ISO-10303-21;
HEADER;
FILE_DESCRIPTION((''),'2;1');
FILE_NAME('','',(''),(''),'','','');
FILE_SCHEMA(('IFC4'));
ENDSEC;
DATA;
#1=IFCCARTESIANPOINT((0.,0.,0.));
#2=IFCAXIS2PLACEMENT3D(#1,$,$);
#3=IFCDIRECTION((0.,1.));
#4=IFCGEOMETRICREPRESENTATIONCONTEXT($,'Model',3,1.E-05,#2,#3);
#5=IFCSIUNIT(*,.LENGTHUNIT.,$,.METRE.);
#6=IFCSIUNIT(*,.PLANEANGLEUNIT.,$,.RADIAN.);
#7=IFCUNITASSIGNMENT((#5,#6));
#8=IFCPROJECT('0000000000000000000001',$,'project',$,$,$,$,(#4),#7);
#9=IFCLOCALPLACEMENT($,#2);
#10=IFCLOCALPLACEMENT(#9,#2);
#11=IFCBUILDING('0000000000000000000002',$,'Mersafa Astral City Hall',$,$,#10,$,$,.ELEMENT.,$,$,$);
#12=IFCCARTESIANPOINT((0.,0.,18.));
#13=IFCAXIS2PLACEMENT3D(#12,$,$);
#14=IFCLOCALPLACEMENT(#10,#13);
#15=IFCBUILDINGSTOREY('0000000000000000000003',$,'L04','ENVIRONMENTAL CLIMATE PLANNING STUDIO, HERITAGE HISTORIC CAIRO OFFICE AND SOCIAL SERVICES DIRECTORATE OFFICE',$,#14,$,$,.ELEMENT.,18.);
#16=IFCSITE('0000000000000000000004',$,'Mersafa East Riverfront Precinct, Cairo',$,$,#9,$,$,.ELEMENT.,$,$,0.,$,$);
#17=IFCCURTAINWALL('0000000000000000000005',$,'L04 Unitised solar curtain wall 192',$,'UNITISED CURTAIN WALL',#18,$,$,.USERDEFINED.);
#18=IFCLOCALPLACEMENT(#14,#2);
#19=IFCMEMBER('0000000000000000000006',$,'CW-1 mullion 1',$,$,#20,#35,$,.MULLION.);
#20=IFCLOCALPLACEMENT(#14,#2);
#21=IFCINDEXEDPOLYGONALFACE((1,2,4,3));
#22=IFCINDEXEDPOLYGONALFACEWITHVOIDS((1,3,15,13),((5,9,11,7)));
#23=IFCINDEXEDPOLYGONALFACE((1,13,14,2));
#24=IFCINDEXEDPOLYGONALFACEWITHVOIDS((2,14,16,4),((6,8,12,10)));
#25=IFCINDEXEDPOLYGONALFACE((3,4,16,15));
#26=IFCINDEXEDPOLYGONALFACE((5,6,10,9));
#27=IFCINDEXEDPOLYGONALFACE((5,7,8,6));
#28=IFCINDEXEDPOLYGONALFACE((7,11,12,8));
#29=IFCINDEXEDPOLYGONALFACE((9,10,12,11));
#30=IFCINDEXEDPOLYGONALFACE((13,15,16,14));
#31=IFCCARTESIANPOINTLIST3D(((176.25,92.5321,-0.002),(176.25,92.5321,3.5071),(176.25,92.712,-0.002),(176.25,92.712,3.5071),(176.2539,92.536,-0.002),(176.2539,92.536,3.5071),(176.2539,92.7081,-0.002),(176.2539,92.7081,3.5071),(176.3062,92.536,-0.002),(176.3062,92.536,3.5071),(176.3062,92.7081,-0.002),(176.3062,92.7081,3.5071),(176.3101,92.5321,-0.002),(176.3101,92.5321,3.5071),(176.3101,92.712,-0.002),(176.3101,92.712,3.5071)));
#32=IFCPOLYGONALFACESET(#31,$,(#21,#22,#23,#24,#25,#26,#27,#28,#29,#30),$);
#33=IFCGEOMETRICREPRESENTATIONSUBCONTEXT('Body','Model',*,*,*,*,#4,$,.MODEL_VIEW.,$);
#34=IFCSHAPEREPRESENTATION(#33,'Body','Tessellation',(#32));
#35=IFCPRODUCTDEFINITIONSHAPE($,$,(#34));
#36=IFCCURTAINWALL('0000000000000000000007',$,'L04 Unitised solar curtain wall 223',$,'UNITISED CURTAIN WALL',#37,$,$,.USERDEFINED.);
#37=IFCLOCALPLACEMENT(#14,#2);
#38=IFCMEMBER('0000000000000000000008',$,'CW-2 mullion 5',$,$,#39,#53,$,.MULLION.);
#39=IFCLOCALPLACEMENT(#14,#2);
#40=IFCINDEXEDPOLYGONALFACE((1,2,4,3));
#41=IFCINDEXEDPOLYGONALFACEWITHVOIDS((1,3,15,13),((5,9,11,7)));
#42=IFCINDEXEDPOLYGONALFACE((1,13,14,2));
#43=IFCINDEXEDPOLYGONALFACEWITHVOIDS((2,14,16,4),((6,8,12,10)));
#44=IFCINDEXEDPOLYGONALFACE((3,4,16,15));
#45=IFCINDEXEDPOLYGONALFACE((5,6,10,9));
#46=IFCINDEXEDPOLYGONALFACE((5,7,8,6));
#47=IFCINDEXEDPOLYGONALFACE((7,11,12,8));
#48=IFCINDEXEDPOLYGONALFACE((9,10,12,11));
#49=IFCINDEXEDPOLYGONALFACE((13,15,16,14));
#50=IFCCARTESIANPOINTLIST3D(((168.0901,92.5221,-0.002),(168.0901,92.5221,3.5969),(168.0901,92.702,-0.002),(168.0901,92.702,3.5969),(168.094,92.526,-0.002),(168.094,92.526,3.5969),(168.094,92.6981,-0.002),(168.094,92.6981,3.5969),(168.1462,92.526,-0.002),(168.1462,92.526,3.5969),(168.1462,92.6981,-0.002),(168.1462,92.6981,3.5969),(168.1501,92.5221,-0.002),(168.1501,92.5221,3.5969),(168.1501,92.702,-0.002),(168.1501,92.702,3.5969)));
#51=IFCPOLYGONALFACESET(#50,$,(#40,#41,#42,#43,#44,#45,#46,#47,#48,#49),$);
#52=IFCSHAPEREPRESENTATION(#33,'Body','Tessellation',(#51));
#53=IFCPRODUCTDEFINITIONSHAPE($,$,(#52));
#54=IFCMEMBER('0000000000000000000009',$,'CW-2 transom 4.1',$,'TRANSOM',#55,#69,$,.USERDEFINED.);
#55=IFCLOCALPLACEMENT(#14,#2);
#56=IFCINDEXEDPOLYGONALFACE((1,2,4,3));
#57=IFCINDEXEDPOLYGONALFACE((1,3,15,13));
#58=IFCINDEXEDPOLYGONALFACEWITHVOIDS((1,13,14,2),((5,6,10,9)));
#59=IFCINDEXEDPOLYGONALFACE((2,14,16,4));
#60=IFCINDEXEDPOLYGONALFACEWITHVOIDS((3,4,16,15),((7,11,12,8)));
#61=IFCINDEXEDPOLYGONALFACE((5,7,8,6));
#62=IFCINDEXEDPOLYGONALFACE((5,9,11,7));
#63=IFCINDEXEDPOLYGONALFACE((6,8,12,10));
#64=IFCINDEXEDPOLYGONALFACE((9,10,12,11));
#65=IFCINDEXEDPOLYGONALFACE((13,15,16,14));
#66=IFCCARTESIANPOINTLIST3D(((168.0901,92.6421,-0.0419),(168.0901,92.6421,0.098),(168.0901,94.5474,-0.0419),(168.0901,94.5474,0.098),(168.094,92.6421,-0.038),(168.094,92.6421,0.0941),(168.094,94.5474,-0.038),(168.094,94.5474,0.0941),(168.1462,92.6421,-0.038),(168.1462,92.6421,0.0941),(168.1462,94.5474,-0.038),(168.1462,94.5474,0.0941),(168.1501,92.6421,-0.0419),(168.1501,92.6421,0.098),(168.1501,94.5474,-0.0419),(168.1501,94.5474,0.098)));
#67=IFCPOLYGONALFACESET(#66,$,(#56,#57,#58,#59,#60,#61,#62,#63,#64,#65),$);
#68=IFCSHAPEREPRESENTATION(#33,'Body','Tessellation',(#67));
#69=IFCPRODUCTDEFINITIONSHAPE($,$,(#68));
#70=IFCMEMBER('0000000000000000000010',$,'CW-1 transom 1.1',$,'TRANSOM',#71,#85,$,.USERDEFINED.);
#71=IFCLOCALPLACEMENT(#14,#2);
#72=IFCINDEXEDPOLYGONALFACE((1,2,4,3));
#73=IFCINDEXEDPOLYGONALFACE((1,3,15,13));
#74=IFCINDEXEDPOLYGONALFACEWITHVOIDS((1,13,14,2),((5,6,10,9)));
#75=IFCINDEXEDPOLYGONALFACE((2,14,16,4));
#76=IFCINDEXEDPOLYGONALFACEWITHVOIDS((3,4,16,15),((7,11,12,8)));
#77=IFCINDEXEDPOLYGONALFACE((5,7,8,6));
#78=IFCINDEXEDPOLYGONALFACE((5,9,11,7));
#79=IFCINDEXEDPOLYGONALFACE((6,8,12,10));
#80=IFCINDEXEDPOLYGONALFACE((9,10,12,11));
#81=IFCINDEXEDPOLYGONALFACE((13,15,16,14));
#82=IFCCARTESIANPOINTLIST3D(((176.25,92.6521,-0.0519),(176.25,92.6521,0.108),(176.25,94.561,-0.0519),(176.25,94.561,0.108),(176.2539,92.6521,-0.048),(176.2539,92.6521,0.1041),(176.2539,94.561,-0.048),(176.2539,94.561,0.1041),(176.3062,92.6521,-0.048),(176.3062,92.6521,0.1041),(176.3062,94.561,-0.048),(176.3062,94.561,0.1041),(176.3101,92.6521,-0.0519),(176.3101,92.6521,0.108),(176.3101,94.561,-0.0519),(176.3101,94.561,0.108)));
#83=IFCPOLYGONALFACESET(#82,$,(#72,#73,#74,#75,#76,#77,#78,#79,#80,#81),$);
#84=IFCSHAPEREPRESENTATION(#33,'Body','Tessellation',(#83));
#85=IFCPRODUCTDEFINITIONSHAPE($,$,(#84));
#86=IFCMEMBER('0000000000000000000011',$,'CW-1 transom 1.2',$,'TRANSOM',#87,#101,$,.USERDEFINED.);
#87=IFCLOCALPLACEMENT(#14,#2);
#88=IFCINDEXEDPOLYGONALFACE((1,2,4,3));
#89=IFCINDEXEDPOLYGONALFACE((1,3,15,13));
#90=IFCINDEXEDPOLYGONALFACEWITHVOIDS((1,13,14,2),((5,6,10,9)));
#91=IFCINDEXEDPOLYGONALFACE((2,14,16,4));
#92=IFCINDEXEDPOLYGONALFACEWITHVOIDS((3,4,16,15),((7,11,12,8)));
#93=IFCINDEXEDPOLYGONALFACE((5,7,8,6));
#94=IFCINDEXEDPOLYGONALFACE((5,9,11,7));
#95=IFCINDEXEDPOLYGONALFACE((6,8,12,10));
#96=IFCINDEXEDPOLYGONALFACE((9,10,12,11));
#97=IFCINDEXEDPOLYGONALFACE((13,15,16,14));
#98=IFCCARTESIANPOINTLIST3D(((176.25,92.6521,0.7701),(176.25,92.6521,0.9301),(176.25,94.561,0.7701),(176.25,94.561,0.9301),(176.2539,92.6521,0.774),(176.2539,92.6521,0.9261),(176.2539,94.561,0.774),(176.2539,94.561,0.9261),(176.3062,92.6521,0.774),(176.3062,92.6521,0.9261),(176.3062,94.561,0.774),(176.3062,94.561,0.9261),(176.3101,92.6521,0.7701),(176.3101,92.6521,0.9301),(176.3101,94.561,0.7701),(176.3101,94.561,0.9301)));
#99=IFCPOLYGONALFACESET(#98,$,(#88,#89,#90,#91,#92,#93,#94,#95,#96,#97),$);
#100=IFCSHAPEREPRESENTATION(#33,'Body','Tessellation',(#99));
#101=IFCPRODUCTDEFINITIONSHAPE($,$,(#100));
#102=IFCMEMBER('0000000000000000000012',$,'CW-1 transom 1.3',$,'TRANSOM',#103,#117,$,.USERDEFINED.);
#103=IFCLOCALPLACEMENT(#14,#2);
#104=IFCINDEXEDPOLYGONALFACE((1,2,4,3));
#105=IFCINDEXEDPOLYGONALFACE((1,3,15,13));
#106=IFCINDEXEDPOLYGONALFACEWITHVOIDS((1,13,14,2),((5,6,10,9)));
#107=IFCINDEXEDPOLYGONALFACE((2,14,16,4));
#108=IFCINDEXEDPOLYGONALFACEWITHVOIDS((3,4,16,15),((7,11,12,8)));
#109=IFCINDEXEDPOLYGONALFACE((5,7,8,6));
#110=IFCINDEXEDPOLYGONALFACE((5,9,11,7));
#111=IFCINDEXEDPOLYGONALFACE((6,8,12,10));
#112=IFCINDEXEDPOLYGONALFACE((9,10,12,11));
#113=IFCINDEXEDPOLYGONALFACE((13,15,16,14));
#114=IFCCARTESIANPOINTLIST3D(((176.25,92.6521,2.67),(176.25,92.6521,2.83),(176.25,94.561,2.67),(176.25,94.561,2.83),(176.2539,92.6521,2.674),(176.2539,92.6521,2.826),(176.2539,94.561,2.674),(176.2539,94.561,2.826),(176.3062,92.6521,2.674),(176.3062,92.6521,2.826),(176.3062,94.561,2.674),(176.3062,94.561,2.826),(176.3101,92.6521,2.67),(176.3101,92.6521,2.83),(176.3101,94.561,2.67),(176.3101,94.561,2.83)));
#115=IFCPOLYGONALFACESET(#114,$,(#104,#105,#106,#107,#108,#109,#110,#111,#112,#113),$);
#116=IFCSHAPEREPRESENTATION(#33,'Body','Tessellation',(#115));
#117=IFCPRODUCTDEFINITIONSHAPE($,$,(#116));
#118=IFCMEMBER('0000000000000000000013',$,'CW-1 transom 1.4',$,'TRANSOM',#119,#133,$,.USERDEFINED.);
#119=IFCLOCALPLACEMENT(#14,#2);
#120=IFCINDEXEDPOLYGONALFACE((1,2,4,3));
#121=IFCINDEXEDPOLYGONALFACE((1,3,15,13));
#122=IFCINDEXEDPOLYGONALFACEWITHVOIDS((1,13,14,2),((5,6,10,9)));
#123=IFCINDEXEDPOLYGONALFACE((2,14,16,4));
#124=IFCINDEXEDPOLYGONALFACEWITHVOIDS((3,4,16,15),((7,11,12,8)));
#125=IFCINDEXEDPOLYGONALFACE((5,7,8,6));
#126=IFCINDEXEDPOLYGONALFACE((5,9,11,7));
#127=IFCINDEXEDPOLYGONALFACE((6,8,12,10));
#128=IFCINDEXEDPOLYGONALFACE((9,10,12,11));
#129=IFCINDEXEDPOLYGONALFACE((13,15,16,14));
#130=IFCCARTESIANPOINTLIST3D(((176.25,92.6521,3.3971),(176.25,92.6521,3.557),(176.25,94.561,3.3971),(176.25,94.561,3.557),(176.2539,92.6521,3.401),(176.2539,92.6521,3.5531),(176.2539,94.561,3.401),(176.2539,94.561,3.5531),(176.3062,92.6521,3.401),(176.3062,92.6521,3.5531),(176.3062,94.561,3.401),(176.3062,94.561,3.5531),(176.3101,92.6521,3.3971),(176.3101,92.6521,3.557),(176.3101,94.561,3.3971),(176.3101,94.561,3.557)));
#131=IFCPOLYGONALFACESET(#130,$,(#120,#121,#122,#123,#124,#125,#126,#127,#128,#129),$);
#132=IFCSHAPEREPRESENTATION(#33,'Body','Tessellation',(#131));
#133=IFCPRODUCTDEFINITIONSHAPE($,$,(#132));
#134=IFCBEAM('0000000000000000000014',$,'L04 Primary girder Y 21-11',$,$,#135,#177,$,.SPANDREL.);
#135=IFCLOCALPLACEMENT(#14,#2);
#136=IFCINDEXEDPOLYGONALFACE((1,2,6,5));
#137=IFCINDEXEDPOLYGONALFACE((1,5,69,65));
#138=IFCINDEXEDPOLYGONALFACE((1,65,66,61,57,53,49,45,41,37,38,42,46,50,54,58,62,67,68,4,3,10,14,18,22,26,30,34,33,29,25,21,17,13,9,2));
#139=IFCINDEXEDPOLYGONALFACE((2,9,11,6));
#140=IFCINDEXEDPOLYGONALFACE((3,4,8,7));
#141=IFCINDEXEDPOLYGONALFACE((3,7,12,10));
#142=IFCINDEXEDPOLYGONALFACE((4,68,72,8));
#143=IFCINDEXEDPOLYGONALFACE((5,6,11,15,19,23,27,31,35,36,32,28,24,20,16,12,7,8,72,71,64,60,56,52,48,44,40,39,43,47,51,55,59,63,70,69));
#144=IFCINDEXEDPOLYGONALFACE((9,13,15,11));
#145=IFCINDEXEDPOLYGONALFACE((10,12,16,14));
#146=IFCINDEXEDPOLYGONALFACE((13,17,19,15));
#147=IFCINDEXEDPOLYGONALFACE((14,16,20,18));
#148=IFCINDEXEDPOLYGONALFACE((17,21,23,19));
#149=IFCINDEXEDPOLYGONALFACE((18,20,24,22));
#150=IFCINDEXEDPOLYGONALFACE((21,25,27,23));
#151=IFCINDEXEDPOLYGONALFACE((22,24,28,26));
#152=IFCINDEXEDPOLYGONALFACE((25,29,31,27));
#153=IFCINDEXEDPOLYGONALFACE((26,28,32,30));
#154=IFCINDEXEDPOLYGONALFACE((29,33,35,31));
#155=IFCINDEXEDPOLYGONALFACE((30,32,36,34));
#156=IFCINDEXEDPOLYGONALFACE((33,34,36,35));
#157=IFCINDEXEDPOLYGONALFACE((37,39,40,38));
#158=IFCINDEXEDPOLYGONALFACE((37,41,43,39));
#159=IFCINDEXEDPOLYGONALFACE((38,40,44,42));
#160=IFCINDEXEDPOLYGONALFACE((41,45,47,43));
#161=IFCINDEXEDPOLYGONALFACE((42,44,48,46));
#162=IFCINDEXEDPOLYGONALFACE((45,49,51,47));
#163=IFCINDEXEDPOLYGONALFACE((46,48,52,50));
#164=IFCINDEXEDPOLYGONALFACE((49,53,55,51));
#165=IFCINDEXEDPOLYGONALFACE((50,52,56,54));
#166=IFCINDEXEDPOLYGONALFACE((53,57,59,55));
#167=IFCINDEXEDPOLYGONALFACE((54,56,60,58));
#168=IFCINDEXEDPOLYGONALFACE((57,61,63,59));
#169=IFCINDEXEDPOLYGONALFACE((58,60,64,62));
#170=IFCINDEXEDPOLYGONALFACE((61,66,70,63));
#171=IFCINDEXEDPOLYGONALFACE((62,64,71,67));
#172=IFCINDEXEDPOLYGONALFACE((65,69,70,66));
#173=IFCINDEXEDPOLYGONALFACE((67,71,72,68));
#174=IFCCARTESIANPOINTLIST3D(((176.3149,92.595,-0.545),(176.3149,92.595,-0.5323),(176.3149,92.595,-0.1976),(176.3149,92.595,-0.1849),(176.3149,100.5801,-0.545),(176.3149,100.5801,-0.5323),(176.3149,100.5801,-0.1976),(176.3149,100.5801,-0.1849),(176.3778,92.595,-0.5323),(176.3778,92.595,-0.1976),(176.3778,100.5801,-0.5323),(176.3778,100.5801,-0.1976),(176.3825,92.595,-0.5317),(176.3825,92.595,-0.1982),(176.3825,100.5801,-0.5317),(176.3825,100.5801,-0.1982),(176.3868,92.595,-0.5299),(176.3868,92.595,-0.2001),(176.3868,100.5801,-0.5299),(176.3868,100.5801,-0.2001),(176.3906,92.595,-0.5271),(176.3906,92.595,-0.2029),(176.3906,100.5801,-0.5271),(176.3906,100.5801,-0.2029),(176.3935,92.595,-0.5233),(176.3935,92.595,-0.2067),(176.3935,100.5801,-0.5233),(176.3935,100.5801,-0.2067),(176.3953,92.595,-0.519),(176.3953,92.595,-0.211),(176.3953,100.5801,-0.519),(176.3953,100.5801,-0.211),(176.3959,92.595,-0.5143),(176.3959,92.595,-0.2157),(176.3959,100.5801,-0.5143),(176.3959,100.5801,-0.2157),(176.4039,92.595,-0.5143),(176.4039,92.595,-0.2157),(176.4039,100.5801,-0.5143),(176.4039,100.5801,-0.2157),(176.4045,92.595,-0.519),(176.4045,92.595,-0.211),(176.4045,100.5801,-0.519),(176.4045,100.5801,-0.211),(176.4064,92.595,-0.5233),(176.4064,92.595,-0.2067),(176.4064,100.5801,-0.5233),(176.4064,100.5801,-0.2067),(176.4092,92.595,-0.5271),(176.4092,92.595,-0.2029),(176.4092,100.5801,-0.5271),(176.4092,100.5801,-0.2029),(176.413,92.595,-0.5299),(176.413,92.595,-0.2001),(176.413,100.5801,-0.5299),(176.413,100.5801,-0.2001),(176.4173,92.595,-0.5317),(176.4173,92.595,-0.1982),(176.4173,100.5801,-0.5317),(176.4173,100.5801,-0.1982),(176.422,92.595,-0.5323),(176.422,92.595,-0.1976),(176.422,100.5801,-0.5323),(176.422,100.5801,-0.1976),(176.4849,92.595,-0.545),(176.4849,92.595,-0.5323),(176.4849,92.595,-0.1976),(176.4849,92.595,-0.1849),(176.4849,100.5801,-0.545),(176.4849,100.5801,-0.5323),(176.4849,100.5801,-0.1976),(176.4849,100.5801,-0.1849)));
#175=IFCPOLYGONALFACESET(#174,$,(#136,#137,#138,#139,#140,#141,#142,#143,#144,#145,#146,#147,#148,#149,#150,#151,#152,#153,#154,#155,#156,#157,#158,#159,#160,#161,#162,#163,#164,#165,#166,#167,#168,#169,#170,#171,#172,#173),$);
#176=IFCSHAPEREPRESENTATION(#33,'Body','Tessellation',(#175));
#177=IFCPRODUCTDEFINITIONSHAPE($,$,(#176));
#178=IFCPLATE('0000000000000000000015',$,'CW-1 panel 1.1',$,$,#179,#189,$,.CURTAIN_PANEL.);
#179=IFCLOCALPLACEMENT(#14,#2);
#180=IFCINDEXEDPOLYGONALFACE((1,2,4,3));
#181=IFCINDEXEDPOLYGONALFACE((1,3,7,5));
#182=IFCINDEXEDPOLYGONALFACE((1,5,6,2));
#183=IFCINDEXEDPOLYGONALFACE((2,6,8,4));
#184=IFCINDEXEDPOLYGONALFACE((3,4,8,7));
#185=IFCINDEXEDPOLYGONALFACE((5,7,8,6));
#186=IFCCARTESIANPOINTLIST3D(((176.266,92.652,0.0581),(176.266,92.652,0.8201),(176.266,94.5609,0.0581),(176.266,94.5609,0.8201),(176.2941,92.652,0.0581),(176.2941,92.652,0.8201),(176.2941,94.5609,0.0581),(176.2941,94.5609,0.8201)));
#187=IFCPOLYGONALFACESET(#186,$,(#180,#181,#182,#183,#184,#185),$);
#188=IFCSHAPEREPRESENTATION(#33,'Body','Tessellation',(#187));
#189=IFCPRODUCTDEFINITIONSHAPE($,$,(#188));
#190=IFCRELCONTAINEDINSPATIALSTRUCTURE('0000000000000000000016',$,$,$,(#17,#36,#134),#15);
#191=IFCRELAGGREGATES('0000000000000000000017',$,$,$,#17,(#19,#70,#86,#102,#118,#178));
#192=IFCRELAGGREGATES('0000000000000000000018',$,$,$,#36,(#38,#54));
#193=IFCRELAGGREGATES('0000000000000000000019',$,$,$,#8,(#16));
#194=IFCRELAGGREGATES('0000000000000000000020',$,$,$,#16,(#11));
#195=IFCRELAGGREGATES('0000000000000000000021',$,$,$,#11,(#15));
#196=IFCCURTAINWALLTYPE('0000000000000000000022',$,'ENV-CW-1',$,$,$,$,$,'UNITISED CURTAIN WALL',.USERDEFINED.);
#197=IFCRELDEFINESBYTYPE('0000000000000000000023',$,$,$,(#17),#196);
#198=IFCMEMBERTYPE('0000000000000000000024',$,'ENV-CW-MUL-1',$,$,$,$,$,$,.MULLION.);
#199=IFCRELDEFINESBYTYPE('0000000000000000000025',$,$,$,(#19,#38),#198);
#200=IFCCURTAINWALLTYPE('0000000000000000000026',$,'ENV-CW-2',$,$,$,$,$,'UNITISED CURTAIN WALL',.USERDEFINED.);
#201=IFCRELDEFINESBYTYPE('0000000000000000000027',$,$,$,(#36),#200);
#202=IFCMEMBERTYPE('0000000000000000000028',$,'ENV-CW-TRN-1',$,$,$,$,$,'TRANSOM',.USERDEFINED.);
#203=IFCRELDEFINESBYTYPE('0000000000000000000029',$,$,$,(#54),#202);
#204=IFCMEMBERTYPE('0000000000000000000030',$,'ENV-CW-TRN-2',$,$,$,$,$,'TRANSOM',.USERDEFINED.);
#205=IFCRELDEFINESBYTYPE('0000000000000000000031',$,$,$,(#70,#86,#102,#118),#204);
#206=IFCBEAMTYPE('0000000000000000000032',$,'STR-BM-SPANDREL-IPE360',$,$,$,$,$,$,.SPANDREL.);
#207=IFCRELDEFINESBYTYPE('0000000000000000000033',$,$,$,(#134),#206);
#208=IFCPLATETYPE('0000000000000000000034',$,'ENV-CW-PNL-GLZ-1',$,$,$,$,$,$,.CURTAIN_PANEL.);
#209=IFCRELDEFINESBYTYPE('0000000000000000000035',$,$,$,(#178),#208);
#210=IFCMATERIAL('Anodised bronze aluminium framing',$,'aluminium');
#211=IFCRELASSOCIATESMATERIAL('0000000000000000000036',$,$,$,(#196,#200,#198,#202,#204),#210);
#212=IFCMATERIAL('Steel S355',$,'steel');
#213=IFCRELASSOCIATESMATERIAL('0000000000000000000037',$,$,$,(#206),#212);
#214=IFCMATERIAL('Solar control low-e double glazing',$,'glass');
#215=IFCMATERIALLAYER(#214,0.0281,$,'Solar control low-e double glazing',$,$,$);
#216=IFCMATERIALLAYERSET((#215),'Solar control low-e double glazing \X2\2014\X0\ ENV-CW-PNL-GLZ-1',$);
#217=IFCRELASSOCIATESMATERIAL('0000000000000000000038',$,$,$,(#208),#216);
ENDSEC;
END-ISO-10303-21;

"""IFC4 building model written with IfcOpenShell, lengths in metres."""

from ifc_helpers import new_model, si_unit, direction, frame, origin, origin_2d, place, context, subcontext, project, spatial, rectangle, hollow_rectangle, i_section, extrude, material, layer, layer_set, material_profile, profile_set, type_object, element, aggregate, save


model = new_model("IFC4")

# Units and contexts
model_context = context("Model", 3, precision=1e-05, world=origin(), true_north=direction((0.0, 1.0)))
body_context = subcontext(model_context, "Body", "Model", "MODEL_VIEW")
ifc_project = project(units=[si_unit("LENGTHUNIT", "METRE"), si_unit("PLANEANGLEUNIT", "RADIAN")], contexts=[model_context])

# Site, building, storey
site_placement = place(None, origin())
site = spatial("IfcSite", under=ifc_project, at=site_placement, Name="Mersafa East Riverfront Precinct, Cairo", CompositionType="ELEMENT", RefElevation=0.0)
building_placement = place(site_placement, origin())
building = spatial("IfcBuilding", under=site, at=building_placement, Name="Mersafa Astral City Hall", CompositionType="ELEMENT")
storey_placement = place(building_placement, frame((0.0, 0.0, 18.0)))
storey = spatial("IfcBuildingStorey", under=building, at=storey_placement, Name="L04", Description="ENVIRONMENTAL CLIMATE PLANNING STUDIO, HERITAGE HISTORIC CAIRO OFFICE AND SOCIAL SERVICES DIRECTORATE OFFICE", CompositionType="ELEMENT", Elevation=18.0)

# Curtain wall, member
ifc_material_1 = material(Name="Anodised bronze aluminium framing", Category="aluminium")
curtain_wall_type_1 = type_object("IfcCurtainWallType", Name="ENV-CW-1", ElementType="UNITISED CURTAIN WALL", PredefinedType="USERDEFINED", material=ifc_material_1)
curtain_wall_1_placement = place(storey_placement, origin())
curtain_wall_1 = element("IfcCurtainWall", 1, at=curtain_wall_1_placement, inside=storey, type_object=curtain_wall_type_1, Name="L04 Unitised solar curtain wall 192", ObjectType="UNITISED CURTAIN WALL", PredefinedType="USERDEFINED")
ifc_material_profile_1 = material_profile(ifc_material_1, hollow_rectangle(XDim=0.0601, YDim=0.1799, WallThickness=0.0039, at=origin_2d()), Name="RHS 60x180x4")
ifc_profile_set_1 = profile_set([ifc_material_profile_1], Name="Anodised bronze aluminium framing")
member_type_1 = type_object("IfcMemberType", Name="ENV-CW-MUL-1", PredefinedType="MULLION", material=ifc_profile_set_1)
member_1_placement = place(storey_placement, frame((176.28, 92.6221, -0.002), z_axis=(0.0, 0.0, 1.0), x_axis=(-1.0, 0.0, 0.0)))
member_1 = element("IfcMember", 2, at=member_1_placement, type_object=member_type_1, Name="CW-1 mullion 1", PredefinedType="MULLION", context=body_context, shape_type="SweptSolid", body=[
    extrude(hollow_rectangle(XDim=0.0601, YDim=0.1799, WallThickness=0.0039, at=origin_2d()), origin(), (0.0, 0.0, 1.0), 3.509),
])

# Curtain wall, members
curtain_wall_type_2 = type_object("IfcCurtainWallType", Name="ENV-CW-2", ElementType="UNITISED CURTAIN WALL", PredefinedType="USERDEFINED", material=ifc_material_1)
curtain_wall_2_placement = place(storey_placement, origin())
curtain_wall_2 = element("IfcCurtainWall", 3, at=curtain_wall_2_placement, inside=storey, type_object=curtain_wall_type_2, Name="L04 Unitised solar curtain wall 223", ObjectType="UNITISED CURTAIN WALL", PredefinedType="USERDEFINED")
member_2_placement = place(storey_placement, frame((168.1201, 92.6121, -0.002), z_axis=(0.0, 0.0, 1.0), x_axis=(1.0, 0.0, 0.0)))
member_2 = element("IfcMember", 4, at=member_2_placement, type_object=member_type_1, Name="CW-2 mullion 5", PredefinedType="MULLION", context=body_context, shape_type="SweptSolid", body=[
    extrude(hollow_rectangle(XDim=0.0601, YDim=0.1799, WallThickness=0.0039, at=origin_2d()), origin(), (0.0, 0.0, 1.0), 3.5989),
])
ifc_material_profile_2 = material_profile(ifc_material_1, hollow_rectangle(XDim=0.0601, YDim=0.1399, WallThickness=0.0039, at=origin_2d()), Name="RHS 60x140x4")
ifc_profile_set_2 = profile_set([ifc_material_profile_2], Name="Anodised bronze aluminium framing")
member_type_2 = type_object("IfcMemberType", Name="ENV-CW-TRN-1", ElementType="TRANSOM", PredefinedType="USERDEFINED", material=ifc_profile_set_2)
member_3_placement = place(storey_placement, frame((168.1201, 94.5474, 0.0281), z_axis=(0.0, -1.0, 0.0), x_axis=(1.0, 0.0, 0.0)))
member_3 = element("IfcMember", 5, at=member_3_placement, type_object=member_type_2, Name="CW-2 transom 4.1", ObjectType="TRANSOM", PredefinedType="USERDEFINED", context=body_context, shape_type="SweptSolid", body=[
    extrude(hollow_rectangle(XDim=0.0601, YDim=0.1399, WallThickness=0.0039, at=origin_2d()), origin(), (0.0, 0.0, 1.0), 1.9053),
])

# Members
ifc_material_profile_3 = material_profile(ifc_material_1, hollow_rectangle(XDim=0.0601, YDim=0.1599, WallThickness=0.0039, at=origin_2d()), Name="RHS 60x160x4")
ifc_profile_set_3 = profile_set([ifc_material_profile_3], Name="Anodised bronze aluminium framing")
member_type_3 = type_object("IfcMemberType", Name="ENV-CW-TRN-2", ElementType="TRANSOM", PredefinedType="USERDEFINED", material=ifc_profile_set_3)
member_4_placement = place(storey_placement, frame((176.28, 92.6521, 0.0281), z_axis=(0.0, 1.0, 0.0), x_axis=(-1.0, 0.0, 0.0)))
member_4 = element("IfcMember", 6, at=member_4_placement, type_object=member_type_3, Name="CW-1 transom 1.1", ObjectType="TRANSOM", PredefinedType="USERDEFINED", context=body_context, shape_type="SweptSolid", body=[
    extrude(hollow_rectangle(XDim=0.0601, YDim=0.1599, WallThickness=0.0039, at=origin_2d()), origin(), (0.0, 0.0, 1.0), 1.9089),
])
member_5_placement = place(storey_placement, frame((176.28, 92.6521, 0.8501), z_axis=(0.0, 1.0, 0.0), x_axis=(-1.0, 0.0, 0.0)))
member_5 = element("IfcMember", 7, at=member_5_placement, type_object=member_type_3, Name="CW-1 transom 1.2", ObjectType="TRANSOM", PredefinedType="USERDEFINED", context=body_context, shape_type="SweptSolid", body=[
    extrude(hollow_rectangle(XDim=0.0601, YDim=0.1599, WallThickness=0.0039, at=origin_2d()), origin(), (0.0, 0.0, 1.0), 1.9089),
])
member_6_placement = place(storey_placement, frame((176.28, 92.6521, 2.75), z_axis=(0.0, 1.0, 0.0), x_axis=(-1.0, 0.0, 0.0)))
member_6 = element("IfcMember", 8, at=member_6_placement, type_object=member_type_3, Name="CW-1 transom 1.3", ObjectType="TRANSOM", PredefinedType="USERDEFINED", context=body_context, shape_type="SweptSolid", body=[
    extrude(hollow_rectangle(XDim=0.0601, YDim=0.1599, WallThickness=0.0039, at=origin_2d()), origin(), (0.0, 0.0, 1.0), 1.9089),
])
member_7_placement = place(storey_placement, frame((176.28, 92.6521, 3.4771), z_axis=(0.0, 1.0, 0.0), x_axis=(-1.0, 0.0, 0.0)))
member_7 = element("IfcMember", 9, at=member_7_placement, type_object=member_type_3, Name="CW-1 transom 1.4", ObjectType="TRANSOM", PredefinedType="USERDEFINED", context=body_context, shape_type="SweptSolid", body=[
    extrude(hollow_rectangle(XDim=0.0601, YDim=0.1599, WallThickness=0.0039, at=origin_2d()), origin(), (0.0, 0.0, 1.0), 1.9089),
])

# Beam
ifc_material_2 = material(Name="Steel S355", Category="steel")
ifc_material_profile_4 = material_profile(ifc_material_2, i_section(OverallWidth=0.1699, OverallDepth=0.3601, WebThickness=0.0081, FlangeThickness=0.0127, FilletRadius=0.0181, at=origin_2d()), Name="IPE 360")
ifc_profile_set_4 = profile_set([ifc_material_profile_4], Name="Steel S355")
beam_type = type_object("IfcBeamType", Name="STR-BM-SPANDREL-IPE360", PredefinedType="SPANDREL", material=ifc_profile_set_4)
beam_placement = place(storey_placement, frame((176.3999, 92.595, -0.365), z_axis=(0.0, 1.0, 0.0), x_axis=(-1.0, 0.0, 0.0)))
element("IfcBeam", 10, at=beam_placement, inside=storey, type_object=beam_type, Name="L04 Primary girder Y 21-11", PredefinedType="SPANDREL", context=body_context, shape_type="SweptSolid", body=[
    extrude(i_section(OverallWidth=0.1699, OverallDepth=0.3601, WebThickness=0.0081, FlangeThickness=0.0127, FilletRadius=0.0181, at=origin_2d()), origin(), (0.0, 0.0, 1.0), 7.9851),
])

# Plate
ifc_material_3 = material(Name="Solar control low-e double glazing", Category="glass")
ifc_layer_1 = layer(ifc_material_3, 0.0281, Name="Solar control low-e double glazing")
ifc_layer_set_1 = layer_set([ifc_layer_1], Name="Solar control low-e double glazing — ENV-CW-PNL-GLZ-1")
plate_type_1 = type_object("IfcPlateType", Name="ENV-CW-PNL-GLZ-1", PredefinedType="CURTAIN_PANEL", material=ifc_layer_set_1)
plate_1_placement = place(storey_placement, frame((176.28, 93.6064, 0.0581), z_axis=(0.0, 0.0, 1.0), x_axis=(0.0, 1.0, 0.0)))
plate_1 = element("IfcPlate", 11, at=plate_1_placement, type_object=plate_type_1, Name="CW-1 panel 1.1", PredefinedType="CURTAIN_PANEL", context=body_context, shape_type="SweptSolid", body=[
    extrude(rectangle(XDim=1.9089, YDim=0.0281, at=origin_2d()), origin(), (0.0, 0.0, 1.0), 0.762),
])
aggregate(curtain_wall_1, [member_1, member_4, member_5, member_6, member_7, plate_1])
aggregate(curtain_wall_2, [member_2, member_3])

save(model, "model.ifc")
